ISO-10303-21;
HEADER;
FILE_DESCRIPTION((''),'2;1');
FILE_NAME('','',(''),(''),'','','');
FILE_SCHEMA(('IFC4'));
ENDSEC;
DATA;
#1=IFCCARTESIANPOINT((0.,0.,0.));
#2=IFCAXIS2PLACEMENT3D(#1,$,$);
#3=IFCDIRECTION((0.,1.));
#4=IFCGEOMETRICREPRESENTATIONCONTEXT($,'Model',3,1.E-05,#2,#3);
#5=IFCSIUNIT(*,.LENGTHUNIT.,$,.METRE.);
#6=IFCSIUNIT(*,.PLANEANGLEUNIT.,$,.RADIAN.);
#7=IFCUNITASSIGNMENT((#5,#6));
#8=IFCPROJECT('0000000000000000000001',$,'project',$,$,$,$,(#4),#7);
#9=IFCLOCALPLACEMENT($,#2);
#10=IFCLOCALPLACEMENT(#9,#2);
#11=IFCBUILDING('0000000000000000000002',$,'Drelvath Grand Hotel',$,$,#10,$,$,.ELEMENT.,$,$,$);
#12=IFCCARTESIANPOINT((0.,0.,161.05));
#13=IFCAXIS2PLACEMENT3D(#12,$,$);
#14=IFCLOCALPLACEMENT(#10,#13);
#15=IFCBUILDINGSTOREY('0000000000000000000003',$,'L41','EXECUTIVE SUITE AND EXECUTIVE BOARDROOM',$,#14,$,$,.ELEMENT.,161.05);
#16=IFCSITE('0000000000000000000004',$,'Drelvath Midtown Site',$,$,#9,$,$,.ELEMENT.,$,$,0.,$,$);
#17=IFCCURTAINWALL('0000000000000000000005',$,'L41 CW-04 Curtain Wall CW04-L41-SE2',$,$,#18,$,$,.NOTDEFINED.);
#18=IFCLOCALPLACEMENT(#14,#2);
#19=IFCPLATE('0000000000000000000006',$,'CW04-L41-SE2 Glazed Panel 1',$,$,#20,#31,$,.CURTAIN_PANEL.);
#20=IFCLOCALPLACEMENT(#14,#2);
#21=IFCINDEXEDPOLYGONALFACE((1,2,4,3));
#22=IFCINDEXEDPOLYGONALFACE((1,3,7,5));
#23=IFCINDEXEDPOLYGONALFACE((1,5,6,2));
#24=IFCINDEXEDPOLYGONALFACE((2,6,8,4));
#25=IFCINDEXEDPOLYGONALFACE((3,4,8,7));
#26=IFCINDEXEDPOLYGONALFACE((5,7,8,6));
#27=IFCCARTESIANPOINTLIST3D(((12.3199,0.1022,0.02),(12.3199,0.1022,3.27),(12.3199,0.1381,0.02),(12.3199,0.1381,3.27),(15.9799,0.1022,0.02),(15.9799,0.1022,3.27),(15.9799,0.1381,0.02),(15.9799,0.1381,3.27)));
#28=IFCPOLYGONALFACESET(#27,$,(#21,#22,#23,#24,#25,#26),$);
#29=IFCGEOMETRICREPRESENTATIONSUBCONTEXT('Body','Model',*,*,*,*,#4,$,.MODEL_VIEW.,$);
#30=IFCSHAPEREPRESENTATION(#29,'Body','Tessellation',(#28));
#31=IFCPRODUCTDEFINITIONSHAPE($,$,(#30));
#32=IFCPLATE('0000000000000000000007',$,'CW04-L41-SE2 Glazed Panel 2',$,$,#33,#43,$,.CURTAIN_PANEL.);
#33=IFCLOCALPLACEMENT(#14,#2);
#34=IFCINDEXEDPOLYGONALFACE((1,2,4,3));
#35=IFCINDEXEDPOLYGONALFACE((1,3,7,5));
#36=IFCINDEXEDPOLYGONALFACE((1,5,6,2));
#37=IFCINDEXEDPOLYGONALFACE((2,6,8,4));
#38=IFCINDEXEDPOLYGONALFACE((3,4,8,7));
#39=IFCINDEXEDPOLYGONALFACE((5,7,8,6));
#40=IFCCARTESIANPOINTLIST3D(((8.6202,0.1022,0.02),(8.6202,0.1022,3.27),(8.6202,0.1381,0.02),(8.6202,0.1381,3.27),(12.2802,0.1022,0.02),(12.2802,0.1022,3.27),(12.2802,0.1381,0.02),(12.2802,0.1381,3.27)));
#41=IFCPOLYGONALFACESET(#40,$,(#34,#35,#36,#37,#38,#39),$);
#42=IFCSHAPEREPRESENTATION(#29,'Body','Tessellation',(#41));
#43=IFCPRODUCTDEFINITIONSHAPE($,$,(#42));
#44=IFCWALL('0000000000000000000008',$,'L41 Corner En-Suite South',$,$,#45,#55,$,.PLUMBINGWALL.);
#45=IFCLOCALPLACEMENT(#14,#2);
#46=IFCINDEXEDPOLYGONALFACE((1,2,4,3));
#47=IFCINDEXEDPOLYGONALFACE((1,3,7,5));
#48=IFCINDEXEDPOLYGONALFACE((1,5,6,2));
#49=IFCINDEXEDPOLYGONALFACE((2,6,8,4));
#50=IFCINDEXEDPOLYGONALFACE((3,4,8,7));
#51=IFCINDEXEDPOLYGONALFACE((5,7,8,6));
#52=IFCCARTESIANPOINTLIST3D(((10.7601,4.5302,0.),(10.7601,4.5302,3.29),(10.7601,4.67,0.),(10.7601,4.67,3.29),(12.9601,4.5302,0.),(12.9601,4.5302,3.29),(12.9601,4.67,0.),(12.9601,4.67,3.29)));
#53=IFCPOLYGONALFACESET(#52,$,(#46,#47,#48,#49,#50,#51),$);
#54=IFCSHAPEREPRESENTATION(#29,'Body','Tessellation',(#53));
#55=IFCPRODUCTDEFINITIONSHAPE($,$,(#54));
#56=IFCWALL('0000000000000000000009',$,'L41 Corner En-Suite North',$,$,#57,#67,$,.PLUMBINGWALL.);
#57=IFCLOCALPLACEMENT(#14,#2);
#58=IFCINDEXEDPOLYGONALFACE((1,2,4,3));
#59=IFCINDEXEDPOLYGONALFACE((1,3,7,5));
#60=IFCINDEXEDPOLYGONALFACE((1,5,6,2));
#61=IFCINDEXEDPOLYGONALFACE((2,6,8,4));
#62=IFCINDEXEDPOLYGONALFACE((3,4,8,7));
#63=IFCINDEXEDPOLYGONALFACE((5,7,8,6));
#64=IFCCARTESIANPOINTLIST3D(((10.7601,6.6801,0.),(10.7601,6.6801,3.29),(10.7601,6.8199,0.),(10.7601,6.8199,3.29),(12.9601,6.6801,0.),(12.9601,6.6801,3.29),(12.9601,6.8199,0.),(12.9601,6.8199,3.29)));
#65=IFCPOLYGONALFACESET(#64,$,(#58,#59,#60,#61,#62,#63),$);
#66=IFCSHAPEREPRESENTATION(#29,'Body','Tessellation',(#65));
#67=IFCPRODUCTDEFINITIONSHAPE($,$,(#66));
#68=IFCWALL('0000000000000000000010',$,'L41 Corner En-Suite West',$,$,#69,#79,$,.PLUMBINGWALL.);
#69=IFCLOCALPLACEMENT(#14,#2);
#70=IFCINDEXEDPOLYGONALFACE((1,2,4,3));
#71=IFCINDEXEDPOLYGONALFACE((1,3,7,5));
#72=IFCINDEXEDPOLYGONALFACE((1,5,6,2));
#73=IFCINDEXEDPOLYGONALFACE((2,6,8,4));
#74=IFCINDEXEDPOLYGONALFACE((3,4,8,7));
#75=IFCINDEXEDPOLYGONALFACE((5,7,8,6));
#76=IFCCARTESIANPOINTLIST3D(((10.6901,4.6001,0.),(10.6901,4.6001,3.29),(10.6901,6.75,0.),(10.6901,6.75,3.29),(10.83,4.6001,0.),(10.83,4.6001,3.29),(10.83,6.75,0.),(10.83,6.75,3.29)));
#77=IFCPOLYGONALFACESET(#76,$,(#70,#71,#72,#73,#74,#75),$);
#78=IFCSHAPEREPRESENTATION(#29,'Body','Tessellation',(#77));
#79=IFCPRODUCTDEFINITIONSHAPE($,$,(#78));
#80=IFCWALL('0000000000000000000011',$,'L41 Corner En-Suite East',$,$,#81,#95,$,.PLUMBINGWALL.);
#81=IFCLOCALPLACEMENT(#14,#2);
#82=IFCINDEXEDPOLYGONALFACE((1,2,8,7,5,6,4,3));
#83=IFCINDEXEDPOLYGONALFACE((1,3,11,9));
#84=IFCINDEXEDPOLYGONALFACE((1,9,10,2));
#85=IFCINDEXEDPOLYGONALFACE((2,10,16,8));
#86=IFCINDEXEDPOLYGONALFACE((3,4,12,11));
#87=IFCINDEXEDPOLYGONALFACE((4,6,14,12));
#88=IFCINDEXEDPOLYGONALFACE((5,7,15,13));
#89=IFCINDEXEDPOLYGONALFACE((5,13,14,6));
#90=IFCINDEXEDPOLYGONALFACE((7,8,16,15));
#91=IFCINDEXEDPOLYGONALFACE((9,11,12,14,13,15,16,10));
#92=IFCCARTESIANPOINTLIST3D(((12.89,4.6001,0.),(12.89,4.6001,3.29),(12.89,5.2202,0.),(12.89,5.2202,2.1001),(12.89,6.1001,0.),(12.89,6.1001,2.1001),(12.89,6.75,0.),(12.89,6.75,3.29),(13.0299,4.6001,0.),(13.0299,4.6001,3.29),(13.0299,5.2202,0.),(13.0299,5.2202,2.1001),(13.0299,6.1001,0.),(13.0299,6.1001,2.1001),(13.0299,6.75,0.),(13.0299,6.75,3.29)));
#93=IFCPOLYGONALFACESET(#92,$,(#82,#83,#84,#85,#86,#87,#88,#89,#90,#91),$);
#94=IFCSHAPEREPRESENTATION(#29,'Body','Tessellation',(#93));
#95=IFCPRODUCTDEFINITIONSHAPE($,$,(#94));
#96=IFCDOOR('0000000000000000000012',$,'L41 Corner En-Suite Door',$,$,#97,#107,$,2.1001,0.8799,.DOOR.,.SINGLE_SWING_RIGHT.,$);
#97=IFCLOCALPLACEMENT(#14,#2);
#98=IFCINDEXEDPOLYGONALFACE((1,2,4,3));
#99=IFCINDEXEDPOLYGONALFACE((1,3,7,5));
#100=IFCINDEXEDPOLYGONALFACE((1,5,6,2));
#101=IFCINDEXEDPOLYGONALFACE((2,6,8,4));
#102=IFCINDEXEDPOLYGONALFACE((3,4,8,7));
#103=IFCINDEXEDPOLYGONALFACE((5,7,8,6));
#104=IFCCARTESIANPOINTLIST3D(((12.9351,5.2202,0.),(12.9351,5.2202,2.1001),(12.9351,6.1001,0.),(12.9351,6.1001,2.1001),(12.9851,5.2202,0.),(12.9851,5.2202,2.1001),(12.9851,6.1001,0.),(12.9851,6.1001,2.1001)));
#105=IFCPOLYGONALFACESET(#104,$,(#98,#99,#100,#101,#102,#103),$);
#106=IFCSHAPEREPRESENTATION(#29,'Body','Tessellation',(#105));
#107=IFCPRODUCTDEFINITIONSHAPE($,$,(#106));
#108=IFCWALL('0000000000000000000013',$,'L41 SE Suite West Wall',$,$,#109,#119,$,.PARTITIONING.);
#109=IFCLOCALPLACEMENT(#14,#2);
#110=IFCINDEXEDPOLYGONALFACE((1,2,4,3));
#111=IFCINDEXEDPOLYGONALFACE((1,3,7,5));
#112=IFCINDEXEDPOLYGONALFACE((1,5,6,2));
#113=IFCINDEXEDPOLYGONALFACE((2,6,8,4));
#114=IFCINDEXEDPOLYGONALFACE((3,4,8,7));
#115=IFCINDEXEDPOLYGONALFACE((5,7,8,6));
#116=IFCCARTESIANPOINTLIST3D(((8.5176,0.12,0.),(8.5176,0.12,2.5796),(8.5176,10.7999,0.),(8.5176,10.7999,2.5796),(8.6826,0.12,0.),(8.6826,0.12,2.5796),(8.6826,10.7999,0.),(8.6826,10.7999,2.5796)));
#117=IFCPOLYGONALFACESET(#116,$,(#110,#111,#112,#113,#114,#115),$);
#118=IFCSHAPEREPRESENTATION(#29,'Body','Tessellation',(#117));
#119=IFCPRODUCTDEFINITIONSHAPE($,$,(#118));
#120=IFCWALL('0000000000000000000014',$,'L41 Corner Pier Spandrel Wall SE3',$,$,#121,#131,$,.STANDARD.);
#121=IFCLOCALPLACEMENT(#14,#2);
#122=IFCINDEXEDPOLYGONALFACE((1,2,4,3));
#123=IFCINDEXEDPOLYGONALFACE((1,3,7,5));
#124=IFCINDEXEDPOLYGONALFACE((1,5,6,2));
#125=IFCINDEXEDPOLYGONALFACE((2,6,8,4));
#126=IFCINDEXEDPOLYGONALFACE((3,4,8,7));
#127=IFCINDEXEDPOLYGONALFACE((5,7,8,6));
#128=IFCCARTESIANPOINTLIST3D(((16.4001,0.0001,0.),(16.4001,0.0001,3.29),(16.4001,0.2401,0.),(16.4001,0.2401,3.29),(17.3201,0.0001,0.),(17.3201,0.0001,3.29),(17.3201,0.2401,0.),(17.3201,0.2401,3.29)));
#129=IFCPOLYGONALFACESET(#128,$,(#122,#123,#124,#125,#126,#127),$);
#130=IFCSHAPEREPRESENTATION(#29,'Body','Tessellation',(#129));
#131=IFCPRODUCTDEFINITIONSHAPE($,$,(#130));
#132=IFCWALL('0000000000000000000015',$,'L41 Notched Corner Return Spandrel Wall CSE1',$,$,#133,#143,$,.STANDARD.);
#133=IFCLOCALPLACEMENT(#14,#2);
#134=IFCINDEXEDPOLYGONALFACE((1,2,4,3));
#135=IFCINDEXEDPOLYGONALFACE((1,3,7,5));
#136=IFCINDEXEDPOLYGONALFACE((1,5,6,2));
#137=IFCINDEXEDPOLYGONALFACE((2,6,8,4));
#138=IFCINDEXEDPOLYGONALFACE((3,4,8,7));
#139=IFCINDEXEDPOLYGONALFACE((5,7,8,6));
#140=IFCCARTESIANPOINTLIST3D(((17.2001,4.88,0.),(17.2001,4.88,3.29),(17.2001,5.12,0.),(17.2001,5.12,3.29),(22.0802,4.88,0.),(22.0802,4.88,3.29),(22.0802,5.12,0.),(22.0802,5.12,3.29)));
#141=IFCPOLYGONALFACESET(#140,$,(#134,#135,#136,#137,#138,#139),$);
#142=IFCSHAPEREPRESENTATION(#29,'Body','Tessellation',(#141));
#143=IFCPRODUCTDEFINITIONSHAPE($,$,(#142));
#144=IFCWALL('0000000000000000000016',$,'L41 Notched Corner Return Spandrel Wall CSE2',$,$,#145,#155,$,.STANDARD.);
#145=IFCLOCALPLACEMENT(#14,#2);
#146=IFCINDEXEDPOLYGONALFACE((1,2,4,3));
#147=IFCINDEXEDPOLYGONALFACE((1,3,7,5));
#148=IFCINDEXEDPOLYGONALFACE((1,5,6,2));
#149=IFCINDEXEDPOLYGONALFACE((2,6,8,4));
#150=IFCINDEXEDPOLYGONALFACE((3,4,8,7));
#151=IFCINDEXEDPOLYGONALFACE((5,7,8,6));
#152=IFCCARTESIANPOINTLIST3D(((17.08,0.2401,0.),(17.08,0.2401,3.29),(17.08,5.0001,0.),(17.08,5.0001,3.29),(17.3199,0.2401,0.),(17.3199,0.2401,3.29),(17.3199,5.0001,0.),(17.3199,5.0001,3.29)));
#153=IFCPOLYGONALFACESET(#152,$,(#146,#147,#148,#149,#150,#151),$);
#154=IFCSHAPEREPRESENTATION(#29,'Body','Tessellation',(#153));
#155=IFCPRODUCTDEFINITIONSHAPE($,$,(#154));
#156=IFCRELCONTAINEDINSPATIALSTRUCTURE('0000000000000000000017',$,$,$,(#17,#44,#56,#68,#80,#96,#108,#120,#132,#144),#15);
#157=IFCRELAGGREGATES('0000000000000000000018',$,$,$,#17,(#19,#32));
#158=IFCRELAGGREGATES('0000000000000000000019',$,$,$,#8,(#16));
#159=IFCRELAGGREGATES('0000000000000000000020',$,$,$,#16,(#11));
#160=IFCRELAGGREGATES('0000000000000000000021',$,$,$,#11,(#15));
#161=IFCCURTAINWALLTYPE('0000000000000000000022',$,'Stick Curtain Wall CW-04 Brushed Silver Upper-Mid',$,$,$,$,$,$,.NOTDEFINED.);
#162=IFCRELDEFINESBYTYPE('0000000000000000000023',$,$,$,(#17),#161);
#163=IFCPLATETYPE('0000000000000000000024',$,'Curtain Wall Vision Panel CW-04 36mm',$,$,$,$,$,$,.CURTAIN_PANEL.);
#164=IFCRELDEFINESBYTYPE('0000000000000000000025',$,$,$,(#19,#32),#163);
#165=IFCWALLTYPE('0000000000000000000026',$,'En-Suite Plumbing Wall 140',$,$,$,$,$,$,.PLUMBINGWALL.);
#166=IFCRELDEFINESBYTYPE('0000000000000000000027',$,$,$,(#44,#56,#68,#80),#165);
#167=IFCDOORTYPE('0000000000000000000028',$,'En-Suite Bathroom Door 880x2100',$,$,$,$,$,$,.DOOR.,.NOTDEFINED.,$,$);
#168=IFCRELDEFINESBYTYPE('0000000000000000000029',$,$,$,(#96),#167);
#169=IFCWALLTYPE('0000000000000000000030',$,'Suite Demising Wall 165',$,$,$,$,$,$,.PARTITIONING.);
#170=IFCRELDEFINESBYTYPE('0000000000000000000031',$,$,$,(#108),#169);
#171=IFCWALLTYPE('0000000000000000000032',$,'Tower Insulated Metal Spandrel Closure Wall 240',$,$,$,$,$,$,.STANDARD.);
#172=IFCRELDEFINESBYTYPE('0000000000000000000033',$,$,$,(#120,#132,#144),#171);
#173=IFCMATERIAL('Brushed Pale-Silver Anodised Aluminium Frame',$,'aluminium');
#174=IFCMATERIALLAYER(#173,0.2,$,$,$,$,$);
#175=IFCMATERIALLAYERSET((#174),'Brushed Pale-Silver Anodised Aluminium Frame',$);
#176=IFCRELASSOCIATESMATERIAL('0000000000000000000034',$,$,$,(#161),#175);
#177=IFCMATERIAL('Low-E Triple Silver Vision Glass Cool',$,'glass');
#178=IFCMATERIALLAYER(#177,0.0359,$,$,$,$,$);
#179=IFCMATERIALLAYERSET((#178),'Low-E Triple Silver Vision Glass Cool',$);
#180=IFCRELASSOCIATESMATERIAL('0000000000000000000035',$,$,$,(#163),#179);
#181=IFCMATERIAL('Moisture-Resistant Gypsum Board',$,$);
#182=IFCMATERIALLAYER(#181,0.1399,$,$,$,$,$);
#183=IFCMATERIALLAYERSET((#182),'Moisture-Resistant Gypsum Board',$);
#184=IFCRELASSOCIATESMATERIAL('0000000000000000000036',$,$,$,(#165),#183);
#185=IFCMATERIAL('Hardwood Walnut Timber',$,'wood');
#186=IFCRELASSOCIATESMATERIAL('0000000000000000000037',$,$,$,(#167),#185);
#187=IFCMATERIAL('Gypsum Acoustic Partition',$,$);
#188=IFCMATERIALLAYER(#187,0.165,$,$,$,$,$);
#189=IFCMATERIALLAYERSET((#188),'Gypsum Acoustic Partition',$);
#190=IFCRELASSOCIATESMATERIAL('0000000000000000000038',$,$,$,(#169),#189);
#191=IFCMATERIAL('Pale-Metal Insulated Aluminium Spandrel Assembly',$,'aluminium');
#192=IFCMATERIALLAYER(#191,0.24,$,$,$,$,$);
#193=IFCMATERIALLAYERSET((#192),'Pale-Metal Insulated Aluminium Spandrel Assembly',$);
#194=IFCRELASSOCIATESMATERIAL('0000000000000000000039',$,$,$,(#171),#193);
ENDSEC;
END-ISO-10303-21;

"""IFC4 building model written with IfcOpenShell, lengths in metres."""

from ifc_helpers import new_model, si_unit, direction, frame, frame_2d, origin, origin_2d, place, context, subcontext, project, spatial, rectangle, extrude, material, layer, layer_set, type_object, element, fill, aggregate, save


model = new_model("IFC4")

# Units and contexts
model_context = context("Model", 3, precision=1e-05, world=origin(), true_north=direction((0.0, 1.0)))
body_context = subcontext(model_context, "Body", "Model", "MODEL_VIEW")
ifc_project = project(units=[si_unit("LENGTHUNIT", "METRE"), si_unit("PLANEANGLEUNIT", "RADIAN")], contexts=[model_context])

# Site, building, storey
site_placement = place(None, origin())
site = spatial("IfcSite", under=ifc_project, at=site_placement, Name="Drelvath Midtown Site", CompositionType="ELEMENT", RefElevation=0.0)
building_placement = place(site_placement, origin())
building = spatial("IfcBuilding", under=site, at=building_placement, Name="Drelvath Grand Hotel", CompositionType="ELEMENT")
storey_placement = place(building_placement, frame((0.0, 0.0, 161.05)))
storey = spatial("IfcBuildingStorey", under=building, at=storey_placement, Name="L41", Description="EXECUTIVE SUITE AND EXECUTIVE BOARDROOM", CompositionType="ELEMENT", Elevation=161.05)

# Curtain wall
ifc_material_1 = material(Name="Brushed Pale-Silver Anodised Aluminium Frame", Category="aluminium")
ifc_layer_1 = layer(ifc_material_1, 0.2)
ifc_layer_set_1 = layer_set([ifc_layer_1], Name="Brushed Pale-Silver Anodised Aluminium Frame")
curtain_wall_type = type_object("IfcCurtainWallType", Name="Stick Curtain Wall CW-04 Brushed Silver Upper-Mid", PredefinedType="NOTDEFINED", material=ifc_layer_set_1)
curtain_wall_1_placement = place(storey_placement, origin())
curtain_wall_1 = element("IfcCurtainWall", 1, at=curtain_wall_1_placement, inside=storey, type_object=curtain_wall_type, Name="L41 CW-04 Curtain Wall CW04-L41-SE2", PredefinedType="NOTDEFINED")

# Plates
ifc_material_2 = material(Name="Low-E Triple Silver Vision Glass Cool", Category="glass")
ifc_layer_2 = layer(ifc_material_2, 0.0359)
ifc_layer_set_2 = layer_set([ifc_layer_2], Name="Low-E Triple Silver Vision Glass Cool")
plate_type = type_object("IfcPlateType", Name="Curtain Wall Vision Panel CW-04 36mm", PredefinedType="CURTAIN_PANEL", material=ifc_layer_set_2)
plate_1_placement = place(storey_placement, frame((14.1499, 0.1201, 0.02), z_axis=(0.0, 0.0, 1.0), x_axis=(-1.0, 0.0, 0.0)))
plate_1 = element("IfcPlate", 2, at=plate_1_placement, type_object=plate_type, Name="CW04-L41-SE2 Glazed Panel 1", PredefinedType="CURTAIN_PANEL", context=body_context, shape_type="SweptSolid", body=[
    extrude(rectangle(XDim=3.6599, YDim=0.0359, at=origin_2d()), origin(), (0.0, 0.0, 1.0), 3.25),
])
plate_2_placement = place(storey_placement, frame((10.4502, 0.1201, 0.02), z_axis=(0.0, 0.0, 1.0), x_axis=(-1.0, 0.0, 0.0)))
plate_2 = element("IfcPlate", 3, at=plate_2_placement, type_object=plate_type, Name="CW04-L41-SE2 Glazed Panel 2", PredefinedType="CURTAIN_PANEL", context=body_context, shape_type="SweptSolid", body=[
    extrude(rectangle(XDim=3.6599, YDim=0.0359, at=origin_2d()), origin(), (0.0, 0.0, 1.0), 3.25),
])
aggregate(curtain_wall_1, [plate_1, plate_2])

# Walls
ifc_material_3 = material(Name="Moisture-Resistant Gypsum Board")
ifc_layer_3 = layer(ifc_material_3, 0.1399)
ifc_layer_set_3 = layer_set([ifc_layer_3], Name="Moisture-Resistant Gypsum Board")
wall_type_1 = type_object("IfcWallType", Name="En-Suite Plumbing Wall 140", PredefinedType="PLUMBINGWALL", material=ifc_layer_set_3)
for number, where, z_axis, x_axis, name in (
    (4, (10.76, 4.6001, 0.0), (0.0, 0.0, 1.0), (1.0, 0.0, 0.0), "L41 Corner En-Suite South"),
    (5, (10.76, 6.75, 0.0), (0.0, 0.0, 1.0), (1.0, 0.0, 0.0), "L41 Corner En-Suite North"),
):
    element("IfcWall", number, at=place(storey_placement, frame(where, z_axis=z_axis, x_axis=x_axis)), inside=storey, type_object=wall_type_1, Name=name, PredefinedType="PLUMBINGWALL", context=body_context, shape_type="SweptSolid", body=[
        extrude(rectangle(XDim=2.2, YDim=0.1399, at=frame_2d((1.1001, 0.0))), origin(), (0.0, 0.0, 1.0), 3.29),
    ])
wall_1_placement = place(storey_placement, frame((10.76, 4.6001, 0.0), z_axis=(0.0, 0.0, 1.0), x_axis=(0.0, 1.0, 0.0)))
element("IfcWall", 6, at=wall_1_placement, inside=storey, type_object=wall_type_1, Name="L41 Corner En-Suite West", PredefinedType="PLUMBINGWALL", context=body_context, shape_type="SweptSolid", body=[
    extrude(rectangle(XDim=2.1499, YDim=0.1399, at=frame_2d((1.075, 0.0))), origin(), (0.0, 0.0, 1.0), 3.29),
])

# Wall, opening, door
wall_2_placement = place(storey_placement, frame((12.96, 4.6001, 0.0), z_axis=(0.0, 0.0, 1.0), x_axis=(0.0, 1.0, 0.0)))
wall_2 = element("IfcWall", 7, at=wall_2_placement, inside=storey, type_object=wall_type_1, Name="L41 Corner En-Suite East", PredefinedType="PLUMBINGWALL", context=body_context, shape_type="SweptSolid", body=[
    extrude(rectangle(XDim=2.1499, YDim=0.1399, at=frame_2d((1.075, 0.0))), origin(), (0.0, 0.0, 1.0), 3.29),
])
opening_placement = place(wall_2_placement, frame((0.6201, 0.0, 0.0)))
opening = element("IfcOpeningElement", 8, at=opening_placement, cuts=wall_2, PredefinedType="OPENING", context=body_context, shape_type="SweptSolid", body=[
    extrude(rectangle(XDim=0.8799, YDim=2.1001, at=frame_2d((0.4399, 1.05))), frame((0.0, 0.0798, 0.0), z_axis=(0.0, -1.0, 0.0), x_axis=(1.0, 0.0, 0.0)), (0.0, 0.0, 1.0), 0.1599),
])
ifc_material_4 = material(Name="Hardwood Walnut Timber", Category="wood")
door_type = type_object("IfcDoorType", Name="En-Suite Bathroom Door 880x2100", OperationType="NOTDEFINED", PredefinedType="DOOR", material=ifc_material_4)
door_placement = place(opening_placement, origin())
door = element("IfcDoor", 9, at=door_placement, inside=storey, type_object=door_type, Name="L41 Corner En-Suite Door", OperationType="SINGLE_SWING_RIGHT", OverallHeight=2.1001, OverallWidth=0.8799, PredefinedType="DOOR", context=body_context, shape_type="SweptSolid", body=[
    extrude(rectangle(XDim=0.8799, YDim=2.1001, at=frame_2d((0.4399, 1.05))), frame((0.0, 0.0249, 0.0), z_axis=(0.0, -1.0, 0.0), x_axis=(1.0, 0.0, 0.0)), (0.0, 0.0, 1.0), 0.05),
])
fill(opening, door)

# Walls
ifc_material_5 = material(Name="Gypsum Acoustic Partition")
ifc_layer_4 = layer(ifc_material_5, 0.165)
ifc_layer_set_4 = layer_set([ifc_layer_4], Name="Gypsum Acoustic Partition")
wall_type_2 = type_object("IfcWallType", Name="Suite Demising Wall 165", PredefinedType="PARTITIONING", material=ifc_layer_set_4)
wall_3_placement = place(storey_placement, frame((8.6001, 0.1201, 0.0), z_axis=(0.0, 0.0, 1.0), x_axis=(0.0, 1.0, 0.0)))
element("IfcWall", 10, at=wall_3_placement, inside=storey, type_object=wall_type_2, Name="L41 SE Suite West Wall", PredefinedType="PARTITIONING", context=body_context, shape_type="SweptSolid", body=[
    extrude(rectangle(XDim=10.6799, YDim=0.165, at=frame_2d((5.3398, 0.0))), origin(), (0.0, 0.0, 1.0), 2.5796),
])
ifc_material_6 = material(Name="Pale-Metal Insulated Aluminium Spandrel Assembly", Category="aluminium")
ifc_layer_5 = layer(ifc_material_6, 0.24)
ifc_layer_set_5 = layer_set([ifc_layer_5], Name="Pale-Metal Insulated Aluminium Spandrel Assembly")
wall_type_3 = type_object("IfcWallType", Name="Tower Insulated Metal Spandrel Closure Wall 240", PredefinedType="STANDARD", material=ifc_layer_set_5)
wall_4_placement = place(storey_placement, frame((17.3201, 0.1201, 0.0), z_axis=(0.0, 0.0, 1.0), x_axis=(-1.0, 0.0, 0.0)))
element("IfcWall", 11, at=wall_4_placement, inside=storey, type_object=wall_type_3, Name="L41 Corner Pier Spandrel Wall SE3", PredefinedType="STANDARD", context=body_context, shape_type="SweptSolid", body=[
    extrude(rectangle(XDim=0.9199, YDim=0.24, at=frame_2d((0.46, 0.0))), origin(), (0.0, 0.0, 1.0), 3.29),
])
wall_5_placement = place(storey_placement, frame((22.0801, 5.0, 0.0), z_axis=(0.0, 0.0, 1.0), x_axis=(-1.0, 0.0, 0.0)))
element("IfcWall", 12, at=wall_5_placement, inside=storey, type_object=wall_type_3, Name="L41 Notched Corner Return Spandrel Wall CSE1", PredefinedType="STANDARD", context=body_context, shape_type="SweptSolid", body=[
    extrude(rectangle(XDim=4.8801, YDim=0.24, at=frame_2d((2.4399, 0.0))), origin(), (0.0, 0.0, 1.0), 3.29),
])
wall_6_placement = place(storey_placement, frame((17.2, 5.0, 0.0), z_axis=(0.0, 0.0, 1.0), x_axis=(0.0, -1.0, 0.0)))
element("IfcWall", 13, at=wall_6_placement, inside=storey, type_object=wall_type_3, Name="L41 Notched Corner Return Spandrel Wall CSE2", PredefinedType="STANDARD", context=body_context, shape_type="SweptSolid", body=[
    extrude(rectangle(XDim=4.76, YDim=0.24, at=frame_2d((2.3799, 0.0))), origin(), (0.0, 0.0, 1.0), 3.29),
])

save(model, "model.ifc")
